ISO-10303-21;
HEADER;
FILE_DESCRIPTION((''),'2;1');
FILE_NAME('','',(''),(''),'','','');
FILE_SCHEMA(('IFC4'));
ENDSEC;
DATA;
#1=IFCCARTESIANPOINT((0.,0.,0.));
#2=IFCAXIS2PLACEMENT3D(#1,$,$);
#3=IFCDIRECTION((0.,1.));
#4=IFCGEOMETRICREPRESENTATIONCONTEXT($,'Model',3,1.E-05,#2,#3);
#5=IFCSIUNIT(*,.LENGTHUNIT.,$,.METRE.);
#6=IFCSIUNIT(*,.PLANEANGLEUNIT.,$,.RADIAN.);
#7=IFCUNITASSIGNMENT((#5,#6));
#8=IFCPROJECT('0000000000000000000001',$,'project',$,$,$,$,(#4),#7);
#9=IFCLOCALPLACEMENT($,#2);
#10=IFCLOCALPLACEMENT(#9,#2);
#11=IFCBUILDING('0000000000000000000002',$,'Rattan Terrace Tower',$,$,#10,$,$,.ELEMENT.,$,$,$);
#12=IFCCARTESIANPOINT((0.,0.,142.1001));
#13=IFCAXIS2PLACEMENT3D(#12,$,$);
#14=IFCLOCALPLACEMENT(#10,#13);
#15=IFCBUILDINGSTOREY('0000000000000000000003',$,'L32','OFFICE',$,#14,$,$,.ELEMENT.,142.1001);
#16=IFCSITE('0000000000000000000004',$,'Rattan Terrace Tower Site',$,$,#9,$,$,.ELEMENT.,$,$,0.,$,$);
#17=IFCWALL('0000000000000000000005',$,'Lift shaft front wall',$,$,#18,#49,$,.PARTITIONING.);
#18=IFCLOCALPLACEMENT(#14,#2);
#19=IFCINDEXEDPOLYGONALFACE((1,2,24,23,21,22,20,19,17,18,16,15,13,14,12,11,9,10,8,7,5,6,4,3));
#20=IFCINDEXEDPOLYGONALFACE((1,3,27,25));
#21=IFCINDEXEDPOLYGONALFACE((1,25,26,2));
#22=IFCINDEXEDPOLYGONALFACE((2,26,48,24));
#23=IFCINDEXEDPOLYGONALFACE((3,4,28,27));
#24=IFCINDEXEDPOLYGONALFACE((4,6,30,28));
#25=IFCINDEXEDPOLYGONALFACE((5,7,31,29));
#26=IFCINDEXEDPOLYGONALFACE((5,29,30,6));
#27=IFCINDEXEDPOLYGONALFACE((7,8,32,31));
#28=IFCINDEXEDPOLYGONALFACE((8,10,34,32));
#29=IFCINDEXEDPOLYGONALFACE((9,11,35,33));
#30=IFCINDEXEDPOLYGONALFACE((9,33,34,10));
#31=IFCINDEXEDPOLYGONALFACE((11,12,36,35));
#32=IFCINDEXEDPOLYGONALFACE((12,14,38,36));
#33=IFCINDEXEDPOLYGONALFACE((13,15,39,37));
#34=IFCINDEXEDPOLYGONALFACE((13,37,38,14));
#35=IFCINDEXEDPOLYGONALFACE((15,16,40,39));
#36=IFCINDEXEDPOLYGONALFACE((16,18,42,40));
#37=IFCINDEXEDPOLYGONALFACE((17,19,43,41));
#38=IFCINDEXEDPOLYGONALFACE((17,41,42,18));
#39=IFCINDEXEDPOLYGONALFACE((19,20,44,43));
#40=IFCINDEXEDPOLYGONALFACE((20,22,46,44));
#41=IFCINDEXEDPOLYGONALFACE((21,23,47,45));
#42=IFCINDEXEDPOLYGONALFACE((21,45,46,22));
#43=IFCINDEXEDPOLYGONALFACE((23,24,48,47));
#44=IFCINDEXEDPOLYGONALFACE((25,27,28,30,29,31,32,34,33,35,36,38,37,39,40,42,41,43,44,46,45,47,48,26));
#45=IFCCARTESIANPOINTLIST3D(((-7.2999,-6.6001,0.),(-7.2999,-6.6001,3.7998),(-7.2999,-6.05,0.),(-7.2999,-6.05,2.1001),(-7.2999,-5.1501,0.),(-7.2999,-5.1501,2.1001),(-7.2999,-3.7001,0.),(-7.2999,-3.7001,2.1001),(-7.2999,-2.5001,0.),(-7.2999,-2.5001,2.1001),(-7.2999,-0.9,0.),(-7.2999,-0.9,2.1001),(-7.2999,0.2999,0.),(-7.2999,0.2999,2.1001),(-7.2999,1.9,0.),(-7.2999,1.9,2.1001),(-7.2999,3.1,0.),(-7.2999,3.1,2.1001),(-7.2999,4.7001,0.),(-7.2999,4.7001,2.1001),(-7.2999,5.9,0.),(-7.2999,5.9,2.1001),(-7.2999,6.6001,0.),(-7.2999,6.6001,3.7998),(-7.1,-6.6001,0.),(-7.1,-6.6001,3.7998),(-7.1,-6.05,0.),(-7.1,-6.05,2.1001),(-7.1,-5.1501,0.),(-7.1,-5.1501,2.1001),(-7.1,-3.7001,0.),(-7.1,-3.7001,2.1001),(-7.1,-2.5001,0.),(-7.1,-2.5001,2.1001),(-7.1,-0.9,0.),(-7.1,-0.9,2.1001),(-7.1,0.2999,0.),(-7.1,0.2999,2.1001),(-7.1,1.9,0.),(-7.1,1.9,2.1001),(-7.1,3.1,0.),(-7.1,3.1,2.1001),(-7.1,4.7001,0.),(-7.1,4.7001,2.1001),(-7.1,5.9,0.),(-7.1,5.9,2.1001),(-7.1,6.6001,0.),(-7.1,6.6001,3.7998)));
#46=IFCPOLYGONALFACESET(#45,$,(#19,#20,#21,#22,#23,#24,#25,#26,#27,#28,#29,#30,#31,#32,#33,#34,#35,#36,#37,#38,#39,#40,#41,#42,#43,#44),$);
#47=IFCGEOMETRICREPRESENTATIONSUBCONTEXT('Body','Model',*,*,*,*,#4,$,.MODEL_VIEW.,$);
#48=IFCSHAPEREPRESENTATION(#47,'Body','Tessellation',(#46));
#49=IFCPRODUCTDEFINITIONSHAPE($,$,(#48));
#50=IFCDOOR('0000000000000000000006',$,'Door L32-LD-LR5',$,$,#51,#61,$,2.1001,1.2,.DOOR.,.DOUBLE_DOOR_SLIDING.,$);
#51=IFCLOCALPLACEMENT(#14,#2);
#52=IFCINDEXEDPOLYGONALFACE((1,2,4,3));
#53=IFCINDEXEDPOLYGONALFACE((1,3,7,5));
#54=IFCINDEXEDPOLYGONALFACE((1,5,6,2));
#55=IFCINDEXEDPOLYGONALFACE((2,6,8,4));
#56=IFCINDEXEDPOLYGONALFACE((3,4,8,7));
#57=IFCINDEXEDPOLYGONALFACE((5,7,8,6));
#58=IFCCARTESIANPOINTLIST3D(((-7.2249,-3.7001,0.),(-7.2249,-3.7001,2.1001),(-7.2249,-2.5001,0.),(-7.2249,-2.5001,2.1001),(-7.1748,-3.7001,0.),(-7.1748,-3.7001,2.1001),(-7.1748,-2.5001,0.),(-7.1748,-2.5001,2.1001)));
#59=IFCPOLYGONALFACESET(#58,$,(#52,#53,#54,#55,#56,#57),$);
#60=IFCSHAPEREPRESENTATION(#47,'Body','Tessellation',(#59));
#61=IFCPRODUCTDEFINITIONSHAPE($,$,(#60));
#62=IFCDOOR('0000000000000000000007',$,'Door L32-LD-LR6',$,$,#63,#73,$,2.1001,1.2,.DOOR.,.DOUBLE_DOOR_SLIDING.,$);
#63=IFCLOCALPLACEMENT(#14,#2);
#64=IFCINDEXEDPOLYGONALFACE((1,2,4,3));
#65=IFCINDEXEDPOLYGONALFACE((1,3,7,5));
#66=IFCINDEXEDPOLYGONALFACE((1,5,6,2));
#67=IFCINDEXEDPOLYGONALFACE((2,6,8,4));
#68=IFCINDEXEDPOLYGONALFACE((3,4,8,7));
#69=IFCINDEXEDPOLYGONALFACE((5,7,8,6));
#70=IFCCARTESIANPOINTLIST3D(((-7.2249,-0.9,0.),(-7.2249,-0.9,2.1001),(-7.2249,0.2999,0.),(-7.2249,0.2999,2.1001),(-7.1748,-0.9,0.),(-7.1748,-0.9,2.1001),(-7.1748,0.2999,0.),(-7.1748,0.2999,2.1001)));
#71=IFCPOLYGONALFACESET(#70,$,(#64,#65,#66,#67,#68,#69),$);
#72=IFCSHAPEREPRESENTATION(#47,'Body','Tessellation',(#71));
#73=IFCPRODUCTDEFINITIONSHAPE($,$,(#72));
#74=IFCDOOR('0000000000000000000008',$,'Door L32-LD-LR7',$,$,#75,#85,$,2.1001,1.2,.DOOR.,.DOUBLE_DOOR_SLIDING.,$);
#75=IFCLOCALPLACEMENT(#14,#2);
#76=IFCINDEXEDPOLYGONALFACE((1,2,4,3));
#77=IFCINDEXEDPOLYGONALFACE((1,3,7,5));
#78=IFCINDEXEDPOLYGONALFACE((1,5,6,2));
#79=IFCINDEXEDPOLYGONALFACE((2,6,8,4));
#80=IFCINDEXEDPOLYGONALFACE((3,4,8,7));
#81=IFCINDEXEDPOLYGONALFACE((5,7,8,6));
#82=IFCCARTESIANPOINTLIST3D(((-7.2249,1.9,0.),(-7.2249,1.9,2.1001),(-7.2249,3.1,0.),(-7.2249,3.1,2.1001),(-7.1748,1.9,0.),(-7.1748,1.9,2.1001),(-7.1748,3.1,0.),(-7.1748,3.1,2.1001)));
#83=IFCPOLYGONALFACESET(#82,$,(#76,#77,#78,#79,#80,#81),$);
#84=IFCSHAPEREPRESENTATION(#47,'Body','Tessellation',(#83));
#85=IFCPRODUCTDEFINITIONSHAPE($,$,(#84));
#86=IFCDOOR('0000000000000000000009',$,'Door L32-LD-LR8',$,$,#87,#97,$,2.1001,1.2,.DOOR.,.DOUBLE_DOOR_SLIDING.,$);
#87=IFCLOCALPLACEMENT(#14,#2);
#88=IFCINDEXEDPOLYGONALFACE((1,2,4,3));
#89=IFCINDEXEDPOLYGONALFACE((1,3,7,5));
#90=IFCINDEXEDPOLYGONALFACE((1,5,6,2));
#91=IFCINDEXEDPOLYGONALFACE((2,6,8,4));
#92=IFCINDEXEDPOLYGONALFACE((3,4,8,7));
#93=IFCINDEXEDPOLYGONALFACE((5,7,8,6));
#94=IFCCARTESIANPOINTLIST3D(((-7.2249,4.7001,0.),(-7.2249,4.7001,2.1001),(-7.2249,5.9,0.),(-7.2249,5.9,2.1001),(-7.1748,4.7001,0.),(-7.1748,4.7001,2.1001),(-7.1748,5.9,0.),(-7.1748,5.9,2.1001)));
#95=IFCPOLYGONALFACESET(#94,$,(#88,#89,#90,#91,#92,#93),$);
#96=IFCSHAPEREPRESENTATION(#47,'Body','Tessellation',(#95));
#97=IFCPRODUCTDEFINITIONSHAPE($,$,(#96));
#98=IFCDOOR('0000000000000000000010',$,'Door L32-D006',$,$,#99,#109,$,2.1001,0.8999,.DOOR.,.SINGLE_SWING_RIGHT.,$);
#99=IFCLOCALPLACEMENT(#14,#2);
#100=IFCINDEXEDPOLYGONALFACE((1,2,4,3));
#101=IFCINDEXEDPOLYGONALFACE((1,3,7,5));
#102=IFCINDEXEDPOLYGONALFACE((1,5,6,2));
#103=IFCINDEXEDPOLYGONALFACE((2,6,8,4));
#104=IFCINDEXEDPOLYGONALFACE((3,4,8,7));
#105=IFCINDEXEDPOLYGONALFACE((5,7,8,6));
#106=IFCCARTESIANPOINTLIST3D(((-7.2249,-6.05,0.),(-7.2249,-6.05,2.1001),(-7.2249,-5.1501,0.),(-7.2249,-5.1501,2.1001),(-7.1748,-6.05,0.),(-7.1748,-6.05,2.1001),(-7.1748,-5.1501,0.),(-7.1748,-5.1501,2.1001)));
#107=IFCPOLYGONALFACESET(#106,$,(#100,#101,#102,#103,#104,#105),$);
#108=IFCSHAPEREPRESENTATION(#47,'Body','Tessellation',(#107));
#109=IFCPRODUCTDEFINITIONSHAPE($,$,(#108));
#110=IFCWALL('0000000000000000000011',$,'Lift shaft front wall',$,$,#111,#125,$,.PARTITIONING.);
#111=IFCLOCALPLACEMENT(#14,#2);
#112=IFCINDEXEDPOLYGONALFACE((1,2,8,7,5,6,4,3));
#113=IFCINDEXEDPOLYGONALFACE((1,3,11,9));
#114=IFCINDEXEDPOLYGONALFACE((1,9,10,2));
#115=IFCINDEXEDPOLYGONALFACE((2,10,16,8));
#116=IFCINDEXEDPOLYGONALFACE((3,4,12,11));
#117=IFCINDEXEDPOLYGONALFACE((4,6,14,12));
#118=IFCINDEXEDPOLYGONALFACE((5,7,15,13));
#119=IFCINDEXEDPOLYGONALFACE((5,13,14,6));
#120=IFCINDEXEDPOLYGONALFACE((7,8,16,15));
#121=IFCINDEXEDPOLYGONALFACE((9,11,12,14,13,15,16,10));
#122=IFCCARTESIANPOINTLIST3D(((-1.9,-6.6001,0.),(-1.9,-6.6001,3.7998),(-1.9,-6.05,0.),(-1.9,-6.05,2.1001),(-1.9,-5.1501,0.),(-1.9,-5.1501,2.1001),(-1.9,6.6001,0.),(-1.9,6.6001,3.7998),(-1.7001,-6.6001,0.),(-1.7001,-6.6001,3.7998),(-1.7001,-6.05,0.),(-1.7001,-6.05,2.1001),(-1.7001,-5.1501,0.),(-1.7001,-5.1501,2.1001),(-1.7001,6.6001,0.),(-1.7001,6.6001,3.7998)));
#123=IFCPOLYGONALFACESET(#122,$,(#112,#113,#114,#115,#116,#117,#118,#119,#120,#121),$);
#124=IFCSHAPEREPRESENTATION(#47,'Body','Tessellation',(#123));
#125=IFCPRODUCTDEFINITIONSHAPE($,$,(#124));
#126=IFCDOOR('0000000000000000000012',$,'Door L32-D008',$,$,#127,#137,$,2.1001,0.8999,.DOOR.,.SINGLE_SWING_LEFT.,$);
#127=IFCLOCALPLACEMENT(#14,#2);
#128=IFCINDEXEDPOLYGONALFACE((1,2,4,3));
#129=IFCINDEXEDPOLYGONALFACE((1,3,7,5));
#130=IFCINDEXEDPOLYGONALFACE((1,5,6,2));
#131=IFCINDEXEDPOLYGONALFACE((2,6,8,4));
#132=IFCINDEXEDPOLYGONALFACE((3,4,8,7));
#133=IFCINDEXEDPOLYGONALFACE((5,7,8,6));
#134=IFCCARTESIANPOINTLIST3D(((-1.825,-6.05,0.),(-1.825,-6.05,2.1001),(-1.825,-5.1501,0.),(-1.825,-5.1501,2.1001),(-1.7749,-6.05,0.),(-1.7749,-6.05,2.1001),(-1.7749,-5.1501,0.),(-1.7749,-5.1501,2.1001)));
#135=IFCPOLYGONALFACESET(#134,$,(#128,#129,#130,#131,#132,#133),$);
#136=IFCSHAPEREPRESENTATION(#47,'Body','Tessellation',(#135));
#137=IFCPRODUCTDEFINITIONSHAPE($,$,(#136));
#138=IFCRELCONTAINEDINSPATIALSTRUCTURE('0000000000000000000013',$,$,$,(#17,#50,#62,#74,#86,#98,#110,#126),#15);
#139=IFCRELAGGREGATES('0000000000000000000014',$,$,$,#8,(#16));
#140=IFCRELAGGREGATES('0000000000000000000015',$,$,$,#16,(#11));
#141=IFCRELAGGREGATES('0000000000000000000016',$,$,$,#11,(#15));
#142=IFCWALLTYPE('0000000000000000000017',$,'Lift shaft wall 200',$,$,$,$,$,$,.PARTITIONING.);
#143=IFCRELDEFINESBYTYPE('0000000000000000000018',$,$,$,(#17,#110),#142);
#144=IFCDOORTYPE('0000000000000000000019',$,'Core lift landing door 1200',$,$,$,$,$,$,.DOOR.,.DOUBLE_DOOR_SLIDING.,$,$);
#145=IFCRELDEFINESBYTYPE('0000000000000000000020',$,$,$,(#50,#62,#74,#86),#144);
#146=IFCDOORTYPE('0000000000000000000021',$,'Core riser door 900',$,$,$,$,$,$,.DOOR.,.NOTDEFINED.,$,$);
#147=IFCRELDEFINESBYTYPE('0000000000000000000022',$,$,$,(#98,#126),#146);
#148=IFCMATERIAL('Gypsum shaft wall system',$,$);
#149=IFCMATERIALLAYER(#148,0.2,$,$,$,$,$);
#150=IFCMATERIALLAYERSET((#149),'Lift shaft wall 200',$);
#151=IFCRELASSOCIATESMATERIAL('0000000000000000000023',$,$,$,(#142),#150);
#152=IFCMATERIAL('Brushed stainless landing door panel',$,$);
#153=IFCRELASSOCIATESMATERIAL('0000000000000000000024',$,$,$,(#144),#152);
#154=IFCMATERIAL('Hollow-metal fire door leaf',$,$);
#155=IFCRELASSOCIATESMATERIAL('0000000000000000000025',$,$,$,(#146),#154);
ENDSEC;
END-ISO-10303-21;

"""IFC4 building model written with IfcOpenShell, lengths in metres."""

from ifc_helpers import new_model, si_unit, direction, frame, frame_2d, origin, place, context, subcontext, project, spatial, rectangle, extrude, material, layer, layer_set, type_object, element, fill, save


model = new_model("IFC4")

# Units and contexts
model_context = context("Model", 3, precision=1e-05, world=origin(), true_north=direction((0.0, 1.0)))
body_context = subcontext(model_context, "Body", "Model", "MODEL_VIEW")
ifc_project = project(units=[si_unit("LENGTHUNIT", "METRE"), si_unit("PLANEANGLEUNIT", "RADIAN")], contexts=[model_context])

# Site, building, storey
site_placement = place(None, origin())
site = spatial("IfcSite", under=ifc_project, at=site_placement, Name="Rattan Terrace Tower Site", CompositionType="ELEMENT", RefElevation=0.0)
building_placement = place(site_placement, origin())
building = spatial("IfcBuilding", under=site, at=building_placement, Name="Rattan Terrace Tower", CompositionType="ELEMENT")
storey_placement = place(building_placement, frame((0.0, 0.0, 142.1001)))
storey = spatial("IfcBuildingStorey", under=building, at=storey_placement, Name="L32", Description="OFFICE", CompositionType="ELEMENT", Elevation=142.1001)

# Wall, openings, doors
ifc_material_1 = material(Name="Gypsum shaft wall system")
ifc_layer_1 = layer(ifc_material_1, 0.2)
ifc_layer_set_1 = layer_set([ifc_layer_1], Name="Lift shaft wall 200")
wall_type_1 = type_object("IfcWallType", Name="Lift shaft wall 200", PredefinedType="PARTITIONING", material=ifc_layer_set_1)
wall_1_placement = place(storey_placement, frame((-7.2, -6.6001, 0.0), z_axis=(0.0, 0.0, 1.0), x_axis=(0.0, 1.0, 0.0)))
wall_1 = element("IfcWall", 1, at=wall_1_placement, inside=storey, type_object=wall_type_1, Name="Lift shaft front wall", PredefinedType="PARTITIONING", context=body_context, shape_type="SweptSolid", body=[
    extrude(rectangle(XDim=13.2002, YDim=0.2, at=frame_2d((6.6001, 0.0))), origin(), (0.0, 0.0, 1.0), 3.7998),
])
opening_1_placement = place(wall_1_placement, frame((0.55, 0.0, 0.0)))
opening_1 = element("IfcOpeningElement", 2, at=opening_1_placement, cuts=wall_1, PredefinedType="OPENING", context=body_context, shape_type="SweptSolid", body=[
    extrude(rectangle(XDim=0.8999, YDim=2.1001, at=frame_2d((0.45, 1.05))), frame((0.0, 0.1106, 0.0), z_axis=(0.0, -1.0, 0.0), x_axis=(1.0, 0.0, 0.0)), (0.0, 0.0, 1.0), 0.2209),
])
opening_2_placement = place(wall_1_placement, frame((2.8999, 0.0, 0.0)))
opening_2 = element("IfcOpeningElement", 3, at=opening_2_placement, cuts=wall_1, PredefinedType="OPENING", context=body_context, shape_type="SweptSolid", body=[
    extrude(rectangle(XDim=1.2, YDim=2.1001, at=frame_2d((0.6001, 1.05))), frame((0.0, 0.1106, 0.0), z_axis=(0.0, -1.0, 0.0), x_axis=(1.0, 0.0, 0.0)), (0.0, 0.0, 1.0), 0.2209),
])
opening_3_placement = place(wall_1_placement, frame((5.7, 0.0, 0.0)))
opening_3 = element("IfcOpeningElement", 4, at=opening_3_placement, cuts=wall_1, PredefinedType="OPENING", context=body_context, shape_type="SweptSolid", body=[
    extrude(rectangle(XDim=1.2, YDim=2.1001, at=frame_2d((0.6001, 1.05))), frame((0.0, 0.1106, 0.0), z_axis=(0.0, -1.0, 0.0), x_axis=(1.0, 0.0, 0.0)), (0.0, 0.0, 1.0), 0.2209),
])
opening_4_placement = place(wall_1_placement, frame((8.5, 0.0, 0.0)))
opening_4 = element("IfcOpeningElement", 5, at=opening_4_placement, cuts=wall_1, PredefinedType="OPENING", context=body_context, shape_type="SweptSolid", body=[
    extrude(rectangle(XDim=1.2, YDim=2.1001, at=frame_2d((0.6001, 1.05))), frame((0.0, 0.1106, 0.0), z_axis=(0.0, -1.0, 0.0), x_axis=(1.0, 0.0, 0.0)), (0.0, 0.0, 1.0), 0.2209),
])
opening_5_placement = place(wall_1_placement, frame((11.3, 0.0, 0.0)))
opening_5 = element("IfcOpeningElement", 6, at=opening_5_placement, cuts=wall_1, PredefinedType="OPENING", context=body_context, shape_type="SweptSolid", body=[
    extrude(rectangle(XDim=1.2, YDim=2.1001, at=frame_2d((0.6001, 1.05))), frame((0.0, 0.1106, 0.0), z_axis=(0.0, -1.0, 0.0), x_axis=(1.0, 0.0, 0.0)), (0.0, 0.0, 1.0), 0.2209),
])
ifc_material_2 = material(Name="Brushed stainless landing door panel")
door_type_1 = type_object("IfcDoorType", Name="Core lift landing door 1200", OperationType="DOUBLE_DOOR_SLIDING", PredefinedType="DOOR", material=ifc_material_2)
door_1_placement = place(opening_2_placement, origin())
door_1 = element("IfcDoor", 7, at=door_1_placement, inside=storey, type_object=door_type_1, Name="Door L32-LD-LR5", OperationType="DOUBLE_DOOR_SLIDING", OverallHeight=2.1001, OverallWidth=1.2, PredefinedType="DOOR", context=body_context, shape_type="SweptSolid", body=[
    extrude(rectangle(XDim=1.2, YDim=2.1001, at=frame_2d((0.6001, 1.05))), frame((0.0, 0.0249, 0.0), z_axis=(0.0, -1.0, 0.0), x_axis=(1.0, 0.0, 0.0)), (0.0, 0.0, 1.0), 0.05),
])
fill(opening_2, door_1)
door_2_placement = place(opening_3_placement, origin())
door_2 = element("IfcDoor", 8, at=door_2_placement, inside=storey, type_object=door_type_1, Name="Door L32-LD-LR6", OperationType="DOUBLE_DOOR_SLIDING", OverallHeight=2.1001, OverallWidth=1.2, PredefinedType="DOOR", context=body_context, shape_type="SweptSolid", body=[
    extrude(rectangle(XDim=1.2, YDim=2.1001, at=frame_2d((0.6001, 1.05))), frame((0.0, 0.0249, 0.0), z_axis=(0.0, -1.0, 0.0), x_axis=(1.0, 0.0, 0.0)), (0.0, 0.0, 1.0), 0.05),
])
fill(opening_3, door_2)
door_3_placement = place(opening_4_placement, origin())
door_3 = element("IfcDoor", 9, at=door_3_placement, inside=storey, type_object=door_type_1, Name="Door L32-LD-LR7", OperationType="DOUBLE_DOOR_SLIDING", OverallHeight=2.1001, OverallWidth=1.2, PredefinedType="DOOR", context=body_context, shape_type="SweptSolid", body=[
    extrude(rectangle(XDim=1.2, YDim=2.1001, at=frame_2d((0.6001, 1.05))), frame((0.0, 0.0249, 0.0), z_axis=(0.0, -1.0, 0.0), x_axis=(1.0, 0.0, 0.0)), (0.0, 0.0, 1.0), 0.05),
])
fill(opening_4, door_3)
door_4_placement = place(opening_5_placement, origin())
door_4 = element("IfcDoor", 10, at=door_4_placement, inside=storey, type_object=door_type_1, Name="Door L32-LD-LR8", OperationType="DOUBLE_DOOR_SLIDING", OverallHeight=2.1001, OverallWidth=1.2, PredefinedType="DOOR", context=body_context, shape_type="SweptSolid", body=[
    extrude(rectangle(XDim=1.2, YDim=2.1001, at=frame_2d((0.6001, 1.05))), frame((0.0, 0.0249, 0.0), z_axis=(0.0, -1.0, 0.0), x_axis=(1.0, 0.0, 0.0)), (0.0, 0.0, 1.0), 0.05),
])
fill(opening_5, door_4)
ifc_material_3 = material(Name="Hollow-metal fire door leaf")
door_type_2 = type_object("IfcDoorType", Name="Core riser door 900", OperationType="NOTDEFINED", PredefinedType="DOOR", material=ifc_material_3)
door_5_placement = place(opening_1_placement, origin())
door_5 = element("IfcDoor", 11, at=door_5_placement, inside=storey, type_object=door_type_2, Name="Door L32-D006", OperationType="SINGLE_SWING_RIGHT", OverallHeight=2.1001, OverallWidth=0.8999, PredefinedType="DOOR", context=body_context, shape_type="SweptSolid", body=[
    extrude(rectangle(XDim=0.8999, YDim=2.1001, at=frame_2d((0.45, 1.05))), frame((0.0, 0.0249, 0.0), z_axis=(0.0, -1.0, 0.0), x_axis=(1.0, 0.0, 0.0)), (0.0, 0.0, 1.0), 0.05),
])
fill(opening_1, door_5)

# Wall, opening, door
wall_2_placement = place(storey_placement, frame((-1.8, -6.6001, 0.0), z_axis=(0.0, 0.0, 1.0), x_axis=(0.0, 1.0, 0.0)))
wall_2 = element("IfcWall", 12, at=wall_2_placement, inside=storey, type_object=wall_type_1, Name="Lift shaft front wall", PredefinedType="PARTITIONING", context=body_context, shape_type="SweptSolid", body=[
    extrude(rectangle(XDim=13.2002, YDim=0.2, at=frame_2d((6.6001, 0.0))), origin(), (0.0, 0.0, 1.0), 3.7998),
])
opening_6_placement = place(wall_2_placement, frame((0.55, 0.0, 0.0)))
opening_6 = element("IfcOpeningElement", 13, at=opening_6_placement, cuts=wall_2, PredefinedType="OPENING", context=body_context, shape_type="SweptSolid", body=[
    extrude(rectangle(XDim=0.8999, YDim=2.1001, at=frame_2d((0.45, 1.05))), frame((0.0, 0.1106, 0.0), z_axis=(0.0, -1.0, 0.0), x_axis=(1.0, 0.0, 0.0)), (0.0, 0.0, 1.0), 0.2209),
])
door_6_placement = place(opening_6_placement, origin())
door_6 = element("IfcDoor", 14, at=door_6_placement, inside=storey, type_object=door_type_2, Name="Door L32-D008", OperationType="SINGLE_SWING_LEFT", OverallHeight=2.1001, OverallWidth=0.8999, PredefinedType="DOOR", context=body_context, shape_type="SweptSolid", body=[
    extrude(rectangle(XDim=0.8999, YDim=2.1001, at=frame_2d((0.45, 1.05))), frame((0.0, 0.0249, 0.0), z_axis=(0.0, -1.0, 0.0), x_axis=(1.0, 0.0, 0.0)), (0.0, 0.0, 1.0), 0.05),
])
fill(opening_6, door_6)

save(model, "model.ifc")
